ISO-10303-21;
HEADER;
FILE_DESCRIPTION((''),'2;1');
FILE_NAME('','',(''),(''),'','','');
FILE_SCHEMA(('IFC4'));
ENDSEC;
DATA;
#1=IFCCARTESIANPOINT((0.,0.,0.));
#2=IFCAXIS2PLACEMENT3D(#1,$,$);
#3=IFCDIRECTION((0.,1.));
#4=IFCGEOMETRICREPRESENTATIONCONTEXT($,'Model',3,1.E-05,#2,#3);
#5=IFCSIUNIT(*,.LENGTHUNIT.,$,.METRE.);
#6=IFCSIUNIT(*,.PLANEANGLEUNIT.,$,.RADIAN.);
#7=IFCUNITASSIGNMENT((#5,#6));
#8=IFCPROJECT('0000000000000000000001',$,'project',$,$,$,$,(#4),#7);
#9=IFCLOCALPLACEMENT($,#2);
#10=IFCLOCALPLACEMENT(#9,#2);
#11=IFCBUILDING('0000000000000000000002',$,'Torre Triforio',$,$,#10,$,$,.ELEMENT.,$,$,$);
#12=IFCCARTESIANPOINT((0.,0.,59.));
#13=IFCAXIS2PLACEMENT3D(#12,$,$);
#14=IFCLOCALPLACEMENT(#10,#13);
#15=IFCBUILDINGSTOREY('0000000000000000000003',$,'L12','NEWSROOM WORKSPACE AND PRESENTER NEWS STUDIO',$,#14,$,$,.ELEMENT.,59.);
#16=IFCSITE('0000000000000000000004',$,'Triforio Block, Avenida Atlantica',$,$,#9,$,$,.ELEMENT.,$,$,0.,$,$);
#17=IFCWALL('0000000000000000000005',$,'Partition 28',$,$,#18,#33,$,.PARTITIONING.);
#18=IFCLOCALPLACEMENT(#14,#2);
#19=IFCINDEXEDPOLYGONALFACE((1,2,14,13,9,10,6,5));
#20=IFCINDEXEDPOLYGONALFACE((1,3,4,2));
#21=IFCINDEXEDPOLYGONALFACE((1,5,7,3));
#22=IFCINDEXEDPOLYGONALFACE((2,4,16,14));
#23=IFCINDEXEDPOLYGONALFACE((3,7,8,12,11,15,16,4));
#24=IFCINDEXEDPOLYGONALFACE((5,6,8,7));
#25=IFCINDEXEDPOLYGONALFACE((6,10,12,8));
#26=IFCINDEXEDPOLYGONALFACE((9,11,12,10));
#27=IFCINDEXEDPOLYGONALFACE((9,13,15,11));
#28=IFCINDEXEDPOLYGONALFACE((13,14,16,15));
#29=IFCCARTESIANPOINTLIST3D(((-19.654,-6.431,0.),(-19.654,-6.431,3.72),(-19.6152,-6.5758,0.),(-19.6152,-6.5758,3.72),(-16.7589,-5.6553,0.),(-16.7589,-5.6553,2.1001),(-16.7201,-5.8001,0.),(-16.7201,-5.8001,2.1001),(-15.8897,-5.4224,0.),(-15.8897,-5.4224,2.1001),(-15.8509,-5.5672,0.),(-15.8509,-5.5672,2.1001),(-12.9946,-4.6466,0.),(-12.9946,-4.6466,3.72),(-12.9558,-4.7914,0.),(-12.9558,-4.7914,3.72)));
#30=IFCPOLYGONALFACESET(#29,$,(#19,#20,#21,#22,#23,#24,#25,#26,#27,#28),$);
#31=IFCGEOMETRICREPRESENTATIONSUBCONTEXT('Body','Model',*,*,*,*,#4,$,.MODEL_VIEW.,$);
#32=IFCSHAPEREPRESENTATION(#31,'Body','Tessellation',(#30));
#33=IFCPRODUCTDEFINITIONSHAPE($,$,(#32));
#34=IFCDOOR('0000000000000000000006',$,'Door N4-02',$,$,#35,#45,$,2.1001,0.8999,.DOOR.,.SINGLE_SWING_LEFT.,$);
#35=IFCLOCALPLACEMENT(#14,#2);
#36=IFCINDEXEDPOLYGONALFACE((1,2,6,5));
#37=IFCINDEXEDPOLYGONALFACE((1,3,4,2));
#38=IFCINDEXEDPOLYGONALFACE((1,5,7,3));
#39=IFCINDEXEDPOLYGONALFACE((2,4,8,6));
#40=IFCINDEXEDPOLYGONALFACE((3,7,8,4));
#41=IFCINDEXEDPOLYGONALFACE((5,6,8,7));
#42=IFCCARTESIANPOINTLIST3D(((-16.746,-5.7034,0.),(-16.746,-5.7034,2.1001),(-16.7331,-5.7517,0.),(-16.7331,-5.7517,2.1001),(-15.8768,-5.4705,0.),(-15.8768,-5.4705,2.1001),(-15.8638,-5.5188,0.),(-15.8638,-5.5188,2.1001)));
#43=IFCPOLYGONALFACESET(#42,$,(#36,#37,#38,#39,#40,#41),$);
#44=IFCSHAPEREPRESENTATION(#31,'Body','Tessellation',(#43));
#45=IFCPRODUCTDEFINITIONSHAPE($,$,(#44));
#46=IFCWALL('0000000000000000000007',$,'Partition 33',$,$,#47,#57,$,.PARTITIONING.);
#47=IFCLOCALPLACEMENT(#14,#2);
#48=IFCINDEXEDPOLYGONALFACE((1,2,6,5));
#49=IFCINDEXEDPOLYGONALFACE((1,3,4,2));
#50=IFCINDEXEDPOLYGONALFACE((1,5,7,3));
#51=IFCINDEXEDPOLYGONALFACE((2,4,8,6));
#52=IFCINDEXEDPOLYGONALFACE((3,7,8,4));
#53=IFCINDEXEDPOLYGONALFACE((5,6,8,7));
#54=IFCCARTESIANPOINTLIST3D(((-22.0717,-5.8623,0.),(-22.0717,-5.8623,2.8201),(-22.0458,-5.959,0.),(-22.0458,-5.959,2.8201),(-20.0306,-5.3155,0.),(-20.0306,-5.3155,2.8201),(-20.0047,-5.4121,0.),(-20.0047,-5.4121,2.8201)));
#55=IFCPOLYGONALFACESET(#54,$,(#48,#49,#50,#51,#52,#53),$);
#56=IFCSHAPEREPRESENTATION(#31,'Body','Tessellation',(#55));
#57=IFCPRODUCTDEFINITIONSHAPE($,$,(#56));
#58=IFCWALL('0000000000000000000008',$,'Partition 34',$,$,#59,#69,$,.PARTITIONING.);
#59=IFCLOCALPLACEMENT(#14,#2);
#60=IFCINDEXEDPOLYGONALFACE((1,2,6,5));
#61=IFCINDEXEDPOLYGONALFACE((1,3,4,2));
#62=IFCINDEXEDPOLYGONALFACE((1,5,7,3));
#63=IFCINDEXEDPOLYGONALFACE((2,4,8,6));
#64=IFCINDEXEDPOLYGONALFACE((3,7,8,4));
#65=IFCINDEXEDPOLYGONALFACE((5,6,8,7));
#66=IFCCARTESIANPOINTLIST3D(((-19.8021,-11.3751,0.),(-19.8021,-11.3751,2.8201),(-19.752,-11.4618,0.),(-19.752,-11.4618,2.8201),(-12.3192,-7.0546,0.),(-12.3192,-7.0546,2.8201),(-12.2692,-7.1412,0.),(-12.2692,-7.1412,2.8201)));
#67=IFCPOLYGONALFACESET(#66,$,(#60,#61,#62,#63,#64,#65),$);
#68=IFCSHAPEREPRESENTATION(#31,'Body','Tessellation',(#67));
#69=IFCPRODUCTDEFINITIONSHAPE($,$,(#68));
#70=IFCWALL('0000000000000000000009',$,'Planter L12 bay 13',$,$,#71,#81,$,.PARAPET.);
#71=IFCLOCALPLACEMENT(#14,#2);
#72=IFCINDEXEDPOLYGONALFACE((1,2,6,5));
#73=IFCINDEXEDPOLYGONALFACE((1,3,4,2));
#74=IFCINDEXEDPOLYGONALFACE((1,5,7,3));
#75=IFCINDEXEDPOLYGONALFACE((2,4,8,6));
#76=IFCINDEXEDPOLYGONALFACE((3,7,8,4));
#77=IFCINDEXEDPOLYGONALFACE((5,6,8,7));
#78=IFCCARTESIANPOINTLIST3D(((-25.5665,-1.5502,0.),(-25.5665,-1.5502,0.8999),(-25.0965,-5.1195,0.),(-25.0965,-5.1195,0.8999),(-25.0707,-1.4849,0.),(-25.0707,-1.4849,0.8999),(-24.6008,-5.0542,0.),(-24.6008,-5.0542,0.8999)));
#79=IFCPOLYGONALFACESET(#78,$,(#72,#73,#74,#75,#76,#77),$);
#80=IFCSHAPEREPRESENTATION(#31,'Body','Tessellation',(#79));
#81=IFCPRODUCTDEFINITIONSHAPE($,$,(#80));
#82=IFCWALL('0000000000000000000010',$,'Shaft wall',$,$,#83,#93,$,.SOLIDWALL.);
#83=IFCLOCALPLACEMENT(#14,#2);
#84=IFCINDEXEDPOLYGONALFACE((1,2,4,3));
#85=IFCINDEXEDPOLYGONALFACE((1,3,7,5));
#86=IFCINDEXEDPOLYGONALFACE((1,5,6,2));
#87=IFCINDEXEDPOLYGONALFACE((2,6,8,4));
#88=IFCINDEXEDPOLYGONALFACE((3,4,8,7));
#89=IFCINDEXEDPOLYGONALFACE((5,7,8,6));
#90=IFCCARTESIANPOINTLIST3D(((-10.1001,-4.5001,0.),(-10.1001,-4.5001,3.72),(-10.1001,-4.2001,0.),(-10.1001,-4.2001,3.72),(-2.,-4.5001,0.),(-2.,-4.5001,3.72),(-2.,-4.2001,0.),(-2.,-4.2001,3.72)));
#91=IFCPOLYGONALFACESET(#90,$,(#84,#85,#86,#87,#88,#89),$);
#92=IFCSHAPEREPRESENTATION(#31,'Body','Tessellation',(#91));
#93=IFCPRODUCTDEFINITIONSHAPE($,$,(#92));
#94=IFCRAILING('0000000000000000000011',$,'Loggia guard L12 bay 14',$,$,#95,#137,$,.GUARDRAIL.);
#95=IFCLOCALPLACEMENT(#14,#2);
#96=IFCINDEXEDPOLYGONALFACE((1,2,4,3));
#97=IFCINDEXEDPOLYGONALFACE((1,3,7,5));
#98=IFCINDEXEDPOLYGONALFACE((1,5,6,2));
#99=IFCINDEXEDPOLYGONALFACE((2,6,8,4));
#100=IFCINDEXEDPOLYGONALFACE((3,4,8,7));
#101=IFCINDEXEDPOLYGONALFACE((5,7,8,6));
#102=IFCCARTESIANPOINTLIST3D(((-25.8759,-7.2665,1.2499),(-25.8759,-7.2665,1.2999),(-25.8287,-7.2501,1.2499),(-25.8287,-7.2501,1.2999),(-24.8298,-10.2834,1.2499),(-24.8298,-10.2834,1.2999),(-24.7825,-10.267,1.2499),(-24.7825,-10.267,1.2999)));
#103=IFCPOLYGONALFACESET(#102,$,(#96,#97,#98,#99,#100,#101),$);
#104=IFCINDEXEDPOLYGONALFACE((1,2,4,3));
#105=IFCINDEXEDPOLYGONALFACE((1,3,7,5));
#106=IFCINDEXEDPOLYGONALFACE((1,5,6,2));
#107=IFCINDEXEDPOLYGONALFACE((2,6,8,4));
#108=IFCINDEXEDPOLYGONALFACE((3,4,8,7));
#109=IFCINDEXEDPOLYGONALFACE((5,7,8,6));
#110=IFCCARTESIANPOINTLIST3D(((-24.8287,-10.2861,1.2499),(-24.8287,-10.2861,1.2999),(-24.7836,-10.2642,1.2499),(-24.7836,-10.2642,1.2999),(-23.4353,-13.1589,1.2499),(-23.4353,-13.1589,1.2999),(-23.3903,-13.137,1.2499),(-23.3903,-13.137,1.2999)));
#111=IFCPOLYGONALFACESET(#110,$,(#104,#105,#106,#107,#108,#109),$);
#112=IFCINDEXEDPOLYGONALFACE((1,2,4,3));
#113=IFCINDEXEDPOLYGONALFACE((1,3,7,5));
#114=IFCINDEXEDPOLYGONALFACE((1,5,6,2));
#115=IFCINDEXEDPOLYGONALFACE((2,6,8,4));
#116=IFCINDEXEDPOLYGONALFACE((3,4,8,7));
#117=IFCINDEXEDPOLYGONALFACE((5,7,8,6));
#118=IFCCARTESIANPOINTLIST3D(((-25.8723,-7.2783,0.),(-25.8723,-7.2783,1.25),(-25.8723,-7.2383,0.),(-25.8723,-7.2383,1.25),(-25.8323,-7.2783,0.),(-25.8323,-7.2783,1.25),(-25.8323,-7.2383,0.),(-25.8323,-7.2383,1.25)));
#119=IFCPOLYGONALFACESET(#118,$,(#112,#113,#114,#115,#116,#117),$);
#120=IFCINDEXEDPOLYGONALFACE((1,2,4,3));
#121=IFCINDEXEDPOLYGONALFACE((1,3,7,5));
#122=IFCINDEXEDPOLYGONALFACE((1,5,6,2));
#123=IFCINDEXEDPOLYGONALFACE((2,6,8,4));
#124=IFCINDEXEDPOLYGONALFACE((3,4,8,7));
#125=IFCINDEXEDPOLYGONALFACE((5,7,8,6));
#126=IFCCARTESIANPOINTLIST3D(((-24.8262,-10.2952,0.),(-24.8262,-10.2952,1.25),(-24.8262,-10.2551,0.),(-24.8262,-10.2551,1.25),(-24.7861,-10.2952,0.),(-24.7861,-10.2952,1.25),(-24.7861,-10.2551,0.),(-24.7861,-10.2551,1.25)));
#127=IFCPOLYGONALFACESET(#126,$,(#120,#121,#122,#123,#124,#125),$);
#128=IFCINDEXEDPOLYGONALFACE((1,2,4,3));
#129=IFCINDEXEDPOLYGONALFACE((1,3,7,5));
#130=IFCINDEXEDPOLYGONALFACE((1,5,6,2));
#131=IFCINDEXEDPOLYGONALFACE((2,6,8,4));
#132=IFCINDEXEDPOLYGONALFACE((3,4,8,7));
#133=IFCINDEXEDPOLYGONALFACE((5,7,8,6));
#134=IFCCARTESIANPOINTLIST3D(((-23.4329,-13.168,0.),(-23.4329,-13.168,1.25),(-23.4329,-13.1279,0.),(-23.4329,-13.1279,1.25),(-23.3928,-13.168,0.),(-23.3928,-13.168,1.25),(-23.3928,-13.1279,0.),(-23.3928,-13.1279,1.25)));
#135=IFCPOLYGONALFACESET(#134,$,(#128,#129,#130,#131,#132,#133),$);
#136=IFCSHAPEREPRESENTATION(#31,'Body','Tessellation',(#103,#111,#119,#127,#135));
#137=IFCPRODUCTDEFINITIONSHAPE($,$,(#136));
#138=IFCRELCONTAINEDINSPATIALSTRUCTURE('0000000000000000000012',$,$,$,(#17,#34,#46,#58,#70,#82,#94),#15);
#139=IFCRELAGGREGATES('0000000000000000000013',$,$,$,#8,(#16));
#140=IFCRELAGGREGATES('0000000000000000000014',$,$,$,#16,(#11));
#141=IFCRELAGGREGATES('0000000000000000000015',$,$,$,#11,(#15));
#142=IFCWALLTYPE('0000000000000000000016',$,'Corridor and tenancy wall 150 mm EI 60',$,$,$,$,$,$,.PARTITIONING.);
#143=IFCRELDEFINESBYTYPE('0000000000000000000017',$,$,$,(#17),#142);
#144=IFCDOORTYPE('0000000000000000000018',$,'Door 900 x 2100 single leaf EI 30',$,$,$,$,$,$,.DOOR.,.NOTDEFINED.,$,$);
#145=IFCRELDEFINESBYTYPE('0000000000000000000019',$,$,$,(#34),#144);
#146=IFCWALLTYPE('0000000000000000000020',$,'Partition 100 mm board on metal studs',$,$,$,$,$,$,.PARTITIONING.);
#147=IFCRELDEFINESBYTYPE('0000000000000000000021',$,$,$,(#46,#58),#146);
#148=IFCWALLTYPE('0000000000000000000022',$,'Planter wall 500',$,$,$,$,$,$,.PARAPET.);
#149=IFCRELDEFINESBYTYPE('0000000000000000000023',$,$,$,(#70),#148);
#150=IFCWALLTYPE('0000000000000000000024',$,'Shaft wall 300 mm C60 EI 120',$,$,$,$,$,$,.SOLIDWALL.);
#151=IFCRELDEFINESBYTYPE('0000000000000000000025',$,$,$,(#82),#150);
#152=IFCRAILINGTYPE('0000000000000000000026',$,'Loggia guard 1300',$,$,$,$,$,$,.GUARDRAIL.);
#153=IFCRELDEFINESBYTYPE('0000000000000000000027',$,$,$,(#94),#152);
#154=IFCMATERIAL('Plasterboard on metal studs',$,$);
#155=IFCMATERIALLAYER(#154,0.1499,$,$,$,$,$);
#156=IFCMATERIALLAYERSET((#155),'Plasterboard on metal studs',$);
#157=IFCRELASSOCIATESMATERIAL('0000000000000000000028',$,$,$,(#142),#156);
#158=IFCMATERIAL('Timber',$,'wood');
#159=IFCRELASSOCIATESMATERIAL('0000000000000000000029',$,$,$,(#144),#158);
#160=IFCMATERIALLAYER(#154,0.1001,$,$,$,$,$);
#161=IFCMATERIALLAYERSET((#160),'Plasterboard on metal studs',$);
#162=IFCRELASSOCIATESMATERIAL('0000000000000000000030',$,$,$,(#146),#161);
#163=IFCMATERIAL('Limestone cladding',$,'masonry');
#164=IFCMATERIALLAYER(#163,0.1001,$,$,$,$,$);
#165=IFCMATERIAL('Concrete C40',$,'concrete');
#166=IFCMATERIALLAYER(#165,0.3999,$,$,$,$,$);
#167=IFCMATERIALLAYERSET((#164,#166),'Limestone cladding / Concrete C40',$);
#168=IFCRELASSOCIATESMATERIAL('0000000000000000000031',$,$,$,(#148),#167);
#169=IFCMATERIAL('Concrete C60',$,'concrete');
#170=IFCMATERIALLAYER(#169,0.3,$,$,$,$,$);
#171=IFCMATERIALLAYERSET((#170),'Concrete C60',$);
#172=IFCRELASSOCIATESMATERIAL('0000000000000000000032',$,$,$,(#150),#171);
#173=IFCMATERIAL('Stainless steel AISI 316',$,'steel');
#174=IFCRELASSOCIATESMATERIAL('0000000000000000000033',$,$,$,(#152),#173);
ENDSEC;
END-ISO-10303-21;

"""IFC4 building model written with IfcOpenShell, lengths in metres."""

from ifc_helpers import new_model, si_unit, direction, frame, frame_2d, origin, origin_2d, place, context, subcontext, project, spatial, rectangle, extrude, material, layer, layer_set, type_object, element, fill, save


model = new_model("IFC4")

# Units and contexts
model_context = context("Model", 3, precision=1e-05, world=origin(), true_north=direction((0.0, 1.0)))
body_context = subcontext(model_context, "Body", "Model", "MODEL_VIEW")
ifc_project = project(units=[si_unit("LENGTHUNIT", "METRE"), si_unit("PLANEANGLEUNIT", "RADIAN")], contexts=[model_context])

# Site, building, storey
site_placement = place(None, origin())
site = spatial("IfcSite", under=ifc_project, at=site_placement, Name="Triforio Block, Avenida Atlantica", CompositionType="ELEMENT", RefElevation=0.0)
building_placement = place(site_placement, origin())
building = spatial("IfcBuilding", under=site, at=building_placement, Name="Torre Triforio", CompositionType="ELEMENT")
storey_placement = place(building_placement, frame((0.0, 0.0, 59.0)))
storey = spatial("IfcBuildingStorey", under=building, at=storey_placement, Name="L12", Description="NEWSROOM WORKSPACE AND PRESENTER NEWS STUDIO", CompositionType="ELEMENT", Elevation=59.0)

# Shared definitions
ifc_material_1 = material(Name="Concrete C60", Category="concrete")

# Shared definitions
ifc_material_2 = material(Name="Plasterboard on metal studs")
ifc_layer_1 = layer(ifc_material_2, 0.1499)
ifc_layer_set_1 = layer_set([ifc_layer_1], Name="Plasterboard on metal studs")
wall_type_1 = type_object("IfcWallType", Name="Corridor and tenancy wall 150 mm EI 60", PredefinedType="PARTITIONING", material=ifc_layer_set_1)

# Shared definitions
ifc_material_3 = material(Name="Timber", Category="wood")

# Wall, opening, door
wall_1_placement = place(storey_placement, frame((-12.9751, -4.719, 0.0), z_axis=(0.0, 0.0, 1.0), x_axis=(-0.965924, -0.258824, 0.0)))
wall_1 = element("IfcWall", 1, at=wall_1_placement, inside=storey, type_object=wall_type_1, Name="Partition 28", PredefinedType="PARTITIONING", context=body_context, shape_type="SweptSolid", body=[
    extrude(rectangle(XDim=6.8943, YDim=0.1499, at=frame_2d((3.4473, 0.0))), origin(), (0.0, 0.0, 1.0), 3.72),
])
opening_1_placement = place(wall_1_placement, frame((2.9973, 0.0, 0.0)))
opening_1 = element("IfcOpeningElement", 2, at=opening_1_placement, cuts=wall_1, PredefinedType="OPENING", context=body_context, shape_type="SweptSolid", body=[
    extrude(rectangle(XDim=0.8999, YDim=2.1001, at=frame_2d((0.45, 1.05))), frame((0.0, 0.085, 0.0), z_axis=(0.0, -1.0, 0.0), x_axis=(1.0, 0.0, 0.0)), (0.0, 0.0, 1.0), 0.1699),
])
door_type_1 = type_object("IfcDoorType", Name="Door 900 x 2100 single leaf EI 30", OperationType="NOTDEFINED", PredefinedType="DOOR", material=ifc_material_3)
door_1_placement = place(opening_1_placement, origin())
door_1 = element("IfcDoor", 3, at=door_1_placement, inside=storey, type_object=door_type_1, Name="Door N4-02", OperationType="SINGLE_SWING_LEFT", OverallHeight=2.1001, OverallWidth=0.8999, PredefinedType="DOOR", context=body_context, shape_type="SweptSolid", body=[
    extrude(rectangle(XDim=0.8999, YDim=2.1001, at=frame_2d((0.45, 1.05))), frame((0.0, 0.0249, 0.0), z_axis=(0.0, -1.0, 0.0), x_axis=(1.0, 0.0, 0.0)), (0.0, 0.0, 1.0), 0.05),
])
fill(opening_1, door_1)

# Walls
ifc_layer_2 = layer(ifc_material_2, 0.1001)
ifc_layer_set_2 = layer_set([ifc_layer_2], Name="Plasterboard on metal studs")
wall_type_2 = type_object("IfcWallType", Name="Partition 100 mm board on metal studs", PredefinedType="PARTITIONING", material=ifc_layer_set_2)
wall_2_placement = place(storey_placement, frame((-20.0176, -5.3638, 0.0), z_axis=(0.0, 0.0, 1.0), x_axis=(-0.965927, -0.258813, 0.0)))
element("IfcWall", 4, at=wall_2_placement, inside=storey, type_object=wall_type_2, Name="Partition 33", PredefinedType="PARTITIONING", context=body_context, shape_type="SweptSolid", body=[
    extrude(rectangle(XDim=2.113, YDim=0.1001, at=frame_2d((1.0566, 0.0))), origin(), (0.0, 0.0, 1.0), 2.8201),
])
wall_3_placement = place(storey_placement, frame((-12.2942, -7.0979, 0.0), z_axis=(0.0, 0.0, 1.0), x_axis=(-0.866011, -0.500026, 0.0)))
element("IfcWall", 5, at=wall_3_placement, inside=storey, type_object=wall_type_2, Name="Partition 34", PredefinedType="PARTITIONING", context=body_context, shape_type="SweptSolid", body=[
    extrude(rectangle(XDim=8.6406, YDim=0.1001, at=frame_2d((4.3203, 0.0))), origin(), (0.0, 0.0, 1.0), 2.8201),
])
ifc_material_4 = material(Name="Limestone cladding", Category="masonry")
ifc_layer_3 = layer(ifc_material_4, 0.1001)
ifc_material_5 = material(Name="Concrete C40", Category="concrete")
ifc_layer_4 = layer(ifc_material_5, 0.3999)
ifc_layer_set_3 = layer_set([ifc_layer_3, ifc_layer_4], Name="Limestone cladding / Concrete C40")
wall_type_3 = type_object("IfcWallType", Name="Planter wall 500", PredefinedType="PARAPET", material=ifc_layer_set_3)
wall_4_placement = place(storey_placement, frame((-25.3186, -1.5176, 0.0), z_axis=(0.0, 0.0, 1.0), x_axis=(0.130542, -0.991443, 0.0)))
element("IfcWall", 6, at=wall_4_placement, inside=storey, type_object=wall_type_3, Name="Planter L12 bay 13", PredefinedType="PARAPET", context=body_context, shape_type="SweptSolid", body=[
    extrude(rectangle(XDim=3.6001, YDim=0.5, at=frame_2d((1.8, 0.0))), origin(), (0.0, 0.0, 1.0), 0.8999),
])
ifc_layer_5 = layer(ifc_material_1, 0.3)
ifc_layer_set_4 = layer_set([ifc_layer_5], Name="Concrete C60")
wall_type_4 = type_object("IfcWallType", Name="Shaft wall 300 mm C60 EI 120", PredefinedType="SOLIDWALL", material=ifc_layer_set_4)
wall_5_placement = place(storey_placement, frame((-10.1001, -4.3501, 0.0), z_axis=(0.0, 0.0, 1.0), x_axis=(1.0, 0.0, 0.0)))
element("IfcWall", 7, at=wall_5_placement, inside=storey, type_object=wall_type_4, Name="Shaft wall", PredefinedType="SOLIDWALL", context=body_context, shape_type="SweptSolid", body=[
    extrude(rectangle(XDim=8.1001, YDim=0.3, at=frame_2d((4.05, 0.0))), origin(), (0.0, 0.0, 1.0), 3.72),
])

# Railing
ifc_material_6 = material(Name="Stainless steel AISI 316", Category="steel")
railing_type = type_object("IfcRailingType", Name="Loggia guard 1300", PredefinedType="GUARDRAIL", material=ifc_material_6)
railing_placement = place(storey_placement, frame((-25.8523, -7.2583, 0.0)))
element("IfcRailing", 8, at=railing_placement, inside=storey, type_object=railing_type, Name="Loggia guard L12 bay 14", PredefinedType="GUARDRAIL", context=body_context, shape_type="SweptSolid", body=[
    extrude(rectangle(XDim=0.05, YDim=0.05, at=origin_2d()), frame((0.0, 0.0, 1.2749), z_axis=(0.327628, -0.944807, 0.0), x_axis=(0.944807, 0.327628, 0.0)), (0.0, 0.0, 1.0), 3.1931),
    extrude(rectangle(XDim=0.05, YDim=0.05, at=origin_2d()), frame((1.0461, -3.0168, 1.2749), z_axis=(0.436384, -0.89976, 0.0), x_axis=(0.89976, 0.436384, 0.0)), (0.0, 0.0, 1.0), 3.1929),
    extrude(rectangle(XDim=0.04, YDim=0.04, at=origin_2d()), origin(), (0.0, 0.0, 1.0), 1.25),
    extrude(rectangle(XDim=0.04, YDim=0.04, at=origin_2d()), frame((1.0461, -3.0168, 0.0)), (0.0, 0.0, 1.0), 1.25),
    extrude(rectangle(XDim=0.04, YDim=0.04, at=origin_2d()), frame((2.4395, -5.8896, 0.0)), (0.0, 0.0, 1.0), 1.25),
])

save(model, "model.ifc")
